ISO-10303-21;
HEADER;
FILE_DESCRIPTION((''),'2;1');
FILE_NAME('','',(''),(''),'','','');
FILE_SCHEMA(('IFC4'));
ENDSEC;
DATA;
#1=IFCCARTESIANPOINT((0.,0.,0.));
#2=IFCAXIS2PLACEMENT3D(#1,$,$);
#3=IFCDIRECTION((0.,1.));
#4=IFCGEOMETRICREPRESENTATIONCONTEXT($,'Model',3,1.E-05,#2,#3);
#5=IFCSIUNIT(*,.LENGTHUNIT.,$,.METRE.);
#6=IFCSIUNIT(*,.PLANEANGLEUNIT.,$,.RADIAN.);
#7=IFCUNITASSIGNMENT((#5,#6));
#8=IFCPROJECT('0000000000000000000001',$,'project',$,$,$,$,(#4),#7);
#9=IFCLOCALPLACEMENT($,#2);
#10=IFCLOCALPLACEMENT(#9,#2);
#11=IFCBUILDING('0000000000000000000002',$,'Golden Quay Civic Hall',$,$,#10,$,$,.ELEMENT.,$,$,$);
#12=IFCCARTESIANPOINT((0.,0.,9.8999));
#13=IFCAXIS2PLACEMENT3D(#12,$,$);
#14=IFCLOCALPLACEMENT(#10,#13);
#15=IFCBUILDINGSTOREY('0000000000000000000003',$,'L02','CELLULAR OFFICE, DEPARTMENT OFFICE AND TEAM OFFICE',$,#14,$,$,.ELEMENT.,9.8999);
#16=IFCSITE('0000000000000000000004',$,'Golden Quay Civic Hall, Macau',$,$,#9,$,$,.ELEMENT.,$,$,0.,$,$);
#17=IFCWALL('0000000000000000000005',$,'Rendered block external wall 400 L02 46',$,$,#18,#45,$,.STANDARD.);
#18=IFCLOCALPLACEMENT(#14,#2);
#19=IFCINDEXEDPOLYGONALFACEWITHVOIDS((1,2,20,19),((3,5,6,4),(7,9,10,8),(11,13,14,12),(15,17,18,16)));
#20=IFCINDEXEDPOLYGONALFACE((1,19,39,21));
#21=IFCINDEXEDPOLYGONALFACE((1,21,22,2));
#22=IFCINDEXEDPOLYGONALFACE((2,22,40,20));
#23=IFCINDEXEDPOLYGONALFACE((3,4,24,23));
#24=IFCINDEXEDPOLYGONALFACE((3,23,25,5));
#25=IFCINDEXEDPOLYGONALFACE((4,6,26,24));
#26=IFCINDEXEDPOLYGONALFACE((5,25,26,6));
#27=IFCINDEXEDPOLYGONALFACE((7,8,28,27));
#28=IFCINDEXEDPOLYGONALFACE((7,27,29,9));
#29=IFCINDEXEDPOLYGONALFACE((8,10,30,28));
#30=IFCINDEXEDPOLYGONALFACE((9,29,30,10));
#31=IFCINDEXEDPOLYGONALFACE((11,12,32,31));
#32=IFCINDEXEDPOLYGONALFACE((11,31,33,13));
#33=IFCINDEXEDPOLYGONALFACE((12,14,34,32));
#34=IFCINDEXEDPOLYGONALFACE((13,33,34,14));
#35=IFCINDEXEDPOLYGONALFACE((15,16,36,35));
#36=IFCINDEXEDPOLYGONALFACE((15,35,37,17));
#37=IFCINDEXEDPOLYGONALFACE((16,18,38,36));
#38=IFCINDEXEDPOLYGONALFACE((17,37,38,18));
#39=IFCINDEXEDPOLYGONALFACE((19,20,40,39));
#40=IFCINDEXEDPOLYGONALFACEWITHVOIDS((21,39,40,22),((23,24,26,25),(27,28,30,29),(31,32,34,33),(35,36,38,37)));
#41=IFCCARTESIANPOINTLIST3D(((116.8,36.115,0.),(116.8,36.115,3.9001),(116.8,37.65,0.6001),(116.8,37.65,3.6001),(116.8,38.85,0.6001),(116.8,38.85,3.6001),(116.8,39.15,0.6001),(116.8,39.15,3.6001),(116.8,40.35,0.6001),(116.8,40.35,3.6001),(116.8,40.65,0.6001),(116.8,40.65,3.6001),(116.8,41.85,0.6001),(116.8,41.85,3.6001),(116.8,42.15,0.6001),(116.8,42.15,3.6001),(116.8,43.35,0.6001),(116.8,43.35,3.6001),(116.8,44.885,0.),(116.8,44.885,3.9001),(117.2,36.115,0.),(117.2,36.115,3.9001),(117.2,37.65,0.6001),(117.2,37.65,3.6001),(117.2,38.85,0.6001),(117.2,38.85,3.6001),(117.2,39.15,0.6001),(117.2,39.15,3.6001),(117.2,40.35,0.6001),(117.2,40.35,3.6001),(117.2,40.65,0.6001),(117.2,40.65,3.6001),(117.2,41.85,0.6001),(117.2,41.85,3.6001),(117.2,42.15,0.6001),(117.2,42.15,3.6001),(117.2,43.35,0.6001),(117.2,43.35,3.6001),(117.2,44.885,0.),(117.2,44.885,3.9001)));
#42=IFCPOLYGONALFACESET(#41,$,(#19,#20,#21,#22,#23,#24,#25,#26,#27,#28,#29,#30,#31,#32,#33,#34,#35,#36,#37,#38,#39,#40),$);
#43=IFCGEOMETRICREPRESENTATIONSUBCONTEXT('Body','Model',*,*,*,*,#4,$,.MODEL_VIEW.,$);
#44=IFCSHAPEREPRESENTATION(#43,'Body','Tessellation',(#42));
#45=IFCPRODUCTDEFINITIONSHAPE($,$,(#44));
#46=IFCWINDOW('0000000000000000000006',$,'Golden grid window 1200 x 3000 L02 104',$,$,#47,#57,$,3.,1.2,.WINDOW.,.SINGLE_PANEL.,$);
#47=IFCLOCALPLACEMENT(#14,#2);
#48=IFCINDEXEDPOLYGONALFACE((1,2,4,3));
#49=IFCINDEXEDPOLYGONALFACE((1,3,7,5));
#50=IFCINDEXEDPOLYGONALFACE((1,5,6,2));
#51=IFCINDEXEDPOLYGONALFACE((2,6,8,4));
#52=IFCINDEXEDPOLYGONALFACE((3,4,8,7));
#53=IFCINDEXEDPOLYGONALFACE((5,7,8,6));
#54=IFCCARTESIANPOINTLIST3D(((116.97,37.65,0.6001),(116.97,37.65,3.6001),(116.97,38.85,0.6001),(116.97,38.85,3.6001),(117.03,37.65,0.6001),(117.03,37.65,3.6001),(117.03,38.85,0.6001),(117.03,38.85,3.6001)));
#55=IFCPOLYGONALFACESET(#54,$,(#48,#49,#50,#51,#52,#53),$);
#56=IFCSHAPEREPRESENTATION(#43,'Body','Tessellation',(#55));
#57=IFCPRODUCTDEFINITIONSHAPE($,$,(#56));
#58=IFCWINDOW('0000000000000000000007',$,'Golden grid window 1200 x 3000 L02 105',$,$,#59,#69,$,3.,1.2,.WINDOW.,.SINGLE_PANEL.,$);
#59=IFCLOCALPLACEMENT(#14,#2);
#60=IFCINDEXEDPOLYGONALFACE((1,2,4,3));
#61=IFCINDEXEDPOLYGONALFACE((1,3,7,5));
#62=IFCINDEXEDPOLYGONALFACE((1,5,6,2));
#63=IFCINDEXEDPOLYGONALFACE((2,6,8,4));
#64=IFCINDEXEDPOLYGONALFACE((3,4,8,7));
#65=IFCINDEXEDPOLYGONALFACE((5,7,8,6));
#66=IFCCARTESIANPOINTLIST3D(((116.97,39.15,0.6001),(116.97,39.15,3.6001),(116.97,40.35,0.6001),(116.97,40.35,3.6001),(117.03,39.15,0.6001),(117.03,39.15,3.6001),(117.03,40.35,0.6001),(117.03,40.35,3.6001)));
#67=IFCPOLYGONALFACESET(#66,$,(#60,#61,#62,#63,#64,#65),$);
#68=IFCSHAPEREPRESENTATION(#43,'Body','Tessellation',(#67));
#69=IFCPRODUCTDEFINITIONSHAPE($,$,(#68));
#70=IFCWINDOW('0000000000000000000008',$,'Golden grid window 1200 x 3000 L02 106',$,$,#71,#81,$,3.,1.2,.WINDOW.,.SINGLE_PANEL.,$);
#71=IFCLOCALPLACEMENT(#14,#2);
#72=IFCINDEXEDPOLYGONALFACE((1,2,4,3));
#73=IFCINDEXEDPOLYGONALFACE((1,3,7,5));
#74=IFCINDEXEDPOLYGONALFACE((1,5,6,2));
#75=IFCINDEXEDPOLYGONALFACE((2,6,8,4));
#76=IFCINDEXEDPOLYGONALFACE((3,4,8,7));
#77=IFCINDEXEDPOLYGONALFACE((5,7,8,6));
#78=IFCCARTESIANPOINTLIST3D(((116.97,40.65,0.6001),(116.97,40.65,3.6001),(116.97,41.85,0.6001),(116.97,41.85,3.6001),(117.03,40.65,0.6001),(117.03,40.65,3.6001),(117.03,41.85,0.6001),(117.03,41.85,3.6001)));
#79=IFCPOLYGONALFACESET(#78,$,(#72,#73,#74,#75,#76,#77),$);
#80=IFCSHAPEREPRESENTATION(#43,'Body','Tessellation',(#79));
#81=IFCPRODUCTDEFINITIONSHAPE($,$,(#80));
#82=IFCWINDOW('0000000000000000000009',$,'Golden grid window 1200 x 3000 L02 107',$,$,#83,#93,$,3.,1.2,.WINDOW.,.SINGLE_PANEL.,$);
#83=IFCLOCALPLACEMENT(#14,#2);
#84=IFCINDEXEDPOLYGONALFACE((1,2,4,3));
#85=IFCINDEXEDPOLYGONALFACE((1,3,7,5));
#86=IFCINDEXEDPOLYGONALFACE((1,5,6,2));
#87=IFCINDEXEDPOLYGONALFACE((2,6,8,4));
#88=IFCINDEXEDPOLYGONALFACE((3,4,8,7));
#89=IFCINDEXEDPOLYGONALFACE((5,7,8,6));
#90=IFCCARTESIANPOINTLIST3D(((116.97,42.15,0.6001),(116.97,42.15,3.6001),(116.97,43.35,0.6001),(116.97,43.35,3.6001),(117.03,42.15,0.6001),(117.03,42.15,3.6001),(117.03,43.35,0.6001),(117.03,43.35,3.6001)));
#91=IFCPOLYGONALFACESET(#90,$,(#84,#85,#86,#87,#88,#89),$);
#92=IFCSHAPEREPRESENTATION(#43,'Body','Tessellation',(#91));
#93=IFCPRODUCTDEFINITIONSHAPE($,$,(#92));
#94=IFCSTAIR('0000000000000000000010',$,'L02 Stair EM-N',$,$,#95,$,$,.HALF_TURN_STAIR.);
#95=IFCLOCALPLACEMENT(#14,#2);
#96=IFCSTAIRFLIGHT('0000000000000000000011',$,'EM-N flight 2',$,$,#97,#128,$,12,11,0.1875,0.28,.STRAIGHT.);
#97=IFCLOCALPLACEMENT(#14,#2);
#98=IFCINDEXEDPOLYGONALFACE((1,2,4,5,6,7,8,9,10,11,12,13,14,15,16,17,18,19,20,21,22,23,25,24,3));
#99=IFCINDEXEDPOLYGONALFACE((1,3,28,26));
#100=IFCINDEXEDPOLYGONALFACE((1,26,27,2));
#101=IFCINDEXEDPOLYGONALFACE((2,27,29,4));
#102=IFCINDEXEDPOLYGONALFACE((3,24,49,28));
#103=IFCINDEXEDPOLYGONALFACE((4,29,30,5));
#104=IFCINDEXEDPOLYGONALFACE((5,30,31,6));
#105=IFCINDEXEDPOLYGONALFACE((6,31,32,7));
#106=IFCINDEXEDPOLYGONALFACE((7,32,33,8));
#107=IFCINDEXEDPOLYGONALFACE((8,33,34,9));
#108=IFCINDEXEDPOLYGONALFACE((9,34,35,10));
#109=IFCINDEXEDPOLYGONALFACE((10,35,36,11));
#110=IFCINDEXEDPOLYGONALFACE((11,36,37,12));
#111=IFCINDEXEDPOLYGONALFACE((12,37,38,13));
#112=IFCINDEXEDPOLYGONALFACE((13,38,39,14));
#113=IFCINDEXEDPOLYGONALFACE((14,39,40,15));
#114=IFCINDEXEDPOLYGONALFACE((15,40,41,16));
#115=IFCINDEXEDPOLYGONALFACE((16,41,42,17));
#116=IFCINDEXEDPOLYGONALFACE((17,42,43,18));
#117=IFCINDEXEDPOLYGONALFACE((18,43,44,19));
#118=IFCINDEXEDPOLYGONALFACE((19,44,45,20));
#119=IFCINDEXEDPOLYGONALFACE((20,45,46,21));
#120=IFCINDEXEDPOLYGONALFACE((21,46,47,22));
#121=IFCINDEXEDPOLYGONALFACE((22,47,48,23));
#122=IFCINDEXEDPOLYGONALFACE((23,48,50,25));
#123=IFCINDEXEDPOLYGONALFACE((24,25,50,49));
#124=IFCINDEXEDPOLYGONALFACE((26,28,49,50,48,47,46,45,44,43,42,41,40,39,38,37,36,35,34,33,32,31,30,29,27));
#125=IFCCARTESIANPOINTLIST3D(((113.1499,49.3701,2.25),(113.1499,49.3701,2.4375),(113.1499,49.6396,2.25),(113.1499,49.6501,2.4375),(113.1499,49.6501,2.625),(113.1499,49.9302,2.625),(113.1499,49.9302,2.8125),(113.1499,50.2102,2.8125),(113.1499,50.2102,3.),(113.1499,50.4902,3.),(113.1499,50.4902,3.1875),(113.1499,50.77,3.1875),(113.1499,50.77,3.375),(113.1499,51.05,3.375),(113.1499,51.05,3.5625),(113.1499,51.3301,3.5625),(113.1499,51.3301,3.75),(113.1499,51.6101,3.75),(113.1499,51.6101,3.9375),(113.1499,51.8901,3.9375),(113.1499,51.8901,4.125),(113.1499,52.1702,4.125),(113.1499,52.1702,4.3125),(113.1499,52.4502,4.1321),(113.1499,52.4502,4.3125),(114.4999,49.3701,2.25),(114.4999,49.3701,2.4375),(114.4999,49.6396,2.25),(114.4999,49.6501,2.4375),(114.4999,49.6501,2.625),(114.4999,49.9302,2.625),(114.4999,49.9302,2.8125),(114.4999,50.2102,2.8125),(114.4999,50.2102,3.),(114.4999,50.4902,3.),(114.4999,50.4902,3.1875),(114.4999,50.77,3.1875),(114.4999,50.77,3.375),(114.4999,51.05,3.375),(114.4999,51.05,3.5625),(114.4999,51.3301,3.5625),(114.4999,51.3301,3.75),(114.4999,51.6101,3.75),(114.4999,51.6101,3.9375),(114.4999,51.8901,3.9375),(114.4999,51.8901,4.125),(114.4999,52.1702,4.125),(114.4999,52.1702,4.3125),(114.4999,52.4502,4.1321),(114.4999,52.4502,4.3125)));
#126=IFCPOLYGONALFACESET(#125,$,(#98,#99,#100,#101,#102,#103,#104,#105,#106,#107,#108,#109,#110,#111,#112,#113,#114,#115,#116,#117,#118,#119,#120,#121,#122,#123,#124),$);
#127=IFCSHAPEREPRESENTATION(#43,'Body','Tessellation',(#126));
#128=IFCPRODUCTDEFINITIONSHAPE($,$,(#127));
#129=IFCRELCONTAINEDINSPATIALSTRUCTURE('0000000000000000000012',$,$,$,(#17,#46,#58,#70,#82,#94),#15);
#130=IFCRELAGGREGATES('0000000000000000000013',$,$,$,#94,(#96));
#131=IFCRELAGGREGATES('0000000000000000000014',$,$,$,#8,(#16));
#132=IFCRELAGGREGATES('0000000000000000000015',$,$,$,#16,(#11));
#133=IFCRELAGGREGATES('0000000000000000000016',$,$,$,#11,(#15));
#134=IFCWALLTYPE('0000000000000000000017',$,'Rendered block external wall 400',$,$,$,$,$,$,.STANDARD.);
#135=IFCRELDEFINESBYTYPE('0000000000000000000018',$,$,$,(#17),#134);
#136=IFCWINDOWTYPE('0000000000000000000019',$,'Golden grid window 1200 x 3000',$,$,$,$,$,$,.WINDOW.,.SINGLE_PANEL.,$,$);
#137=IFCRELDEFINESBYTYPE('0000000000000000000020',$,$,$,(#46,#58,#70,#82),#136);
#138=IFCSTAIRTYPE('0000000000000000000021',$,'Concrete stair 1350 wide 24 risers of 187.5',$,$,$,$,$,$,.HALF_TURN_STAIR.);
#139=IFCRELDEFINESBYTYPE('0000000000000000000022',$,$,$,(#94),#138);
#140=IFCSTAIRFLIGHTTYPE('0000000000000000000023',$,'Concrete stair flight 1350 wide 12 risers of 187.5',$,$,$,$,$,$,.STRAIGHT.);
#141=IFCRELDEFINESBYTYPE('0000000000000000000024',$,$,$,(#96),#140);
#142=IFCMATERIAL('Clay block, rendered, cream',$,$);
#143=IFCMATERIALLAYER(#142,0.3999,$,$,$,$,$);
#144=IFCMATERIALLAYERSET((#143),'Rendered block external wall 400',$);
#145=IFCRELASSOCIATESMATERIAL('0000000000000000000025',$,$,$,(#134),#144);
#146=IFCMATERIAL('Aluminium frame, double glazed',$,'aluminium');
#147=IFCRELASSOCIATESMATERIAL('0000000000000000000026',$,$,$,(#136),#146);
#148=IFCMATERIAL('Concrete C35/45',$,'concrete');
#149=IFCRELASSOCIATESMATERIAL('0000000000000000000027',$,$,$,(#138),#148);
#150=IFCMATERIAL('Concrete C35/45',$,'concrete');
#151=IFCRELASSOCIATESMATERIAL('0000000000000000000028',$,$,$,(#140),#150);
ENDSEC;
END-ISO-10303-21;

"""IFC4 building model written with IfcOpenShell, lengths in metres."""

from ifc_helpers import new_model, si_unit, direction, frame, frame_2d, origin, place, context, subcontext, project, spatial, polyline, rectangle, outline, extrude, material, layer, layer_set, type_object, element, fill, aggregate, save


model = new_model("IFC4")

# Units and contexts
model_context = context("Model", 3, precision=1e-05, world=origin(), true_north=direction((0.0, 1.0)))
body_context = subcontext(model_context, "Body", "Model", "MODEL_VIEW")
ifc_project = project(units=[si_unit("LENGTHUNIT", "METRE"), si_unit("PLANEANGLEUNIT", "RADIAN")], contexts=[model_context])

# Site, building, storey
site_placement = place(None, origin())
site = spatial("IfcSite", under=ifc_project, at=site_placement, Name="Golden Quay Civic Hall, Macau", CompositionType="ELEMENT", RefElevation=0.0)
building_placement = place(site_placement, origin())
building = spatial("IfcBuilding", under=site, at=building_placement, Name="Golden Quay Civic Hall", CompositionType="ELEMENT")
storey_placement = place(building_placement, frame((0.0, 0.0, 9.8999)))
storey = spatial("IfcBuildingStorey", under=building, at=storey_placement, Name="L02", Description="CELLULAR OFFICE, DEPARTMENT OFFICE AND TEAM OFFICE", CompositionType="ELEMENT", Elevation=9.8999)

# Wall, openings, windows
ifc_material_1 = material(Name="Clay block, rendered, cream")
ifc_layer_1 = layer(ifc_material_1, 0.3999)
ifc_layer_set_1 = layer_set([ifc_layer_1], Name="Rendered block external wall 400")
wall_type_1 = type_object("IfcWallType", Name="Rendered block external wall 400", PredefinedType="STANDARD", material=ifc_layer_set_1)
wall_1_placement = place(storey_placement, frame((117.0, 44.885, 0.0), z_axis=(0.0, 0.0, 1.0), x_axis=(0.0, -1.0, 0.0)))
wall_1 = element("IfcWall", 1, at=wall_1_placement, inside=storey, type_object=wall_type_1, Name="Rendered block external wall 400 L02 46", PredefinedType="STANDARD", context=body_context, shape_type="SweptSolid", body=[
    extrude(rectangle(XDim=8.77, YDim=0.3999, at=frame_2d((4.385, 0.0))), origin(), (0.0, 0.0, 1.0), 3.9001),
])
opening_1_placement = place(wall_1_placement, frame((6.0349, 0.0, 0.6001)))
opening_1 = element("IfcOpeningElement", 2, at=opening_1_placement, cuts=wall_1, PredefinedType="OPENING", context=body_context, shape_type="SweptSolid", body=[
    extrude(rectangle(XDim=1.2, YDim=3.0, at=frame_2d((0.6001, 1.5))), frame((0.0, 0.21, 0.0), z_axis=(0.0, -1.0, 0.0), x_axis=(1.0, 0.0, 0.0)), (0.0, 0.0, 1.0), 0.4199),
])
opening_2_placement = place(wall_1_placement, frame((4.5349, 0.0, 0.6001)))
opening_2 = element("IfcOpeningElement", 3, at=opening_2_placement, cuts=wall_1, PredefinedType="OPENING", context=body_context, shape_type="SweptSolid", body=[
    extrude(rectangle(XDim=1.2, YDim=3.0, at=frame_2d((0.6001, 1.5))), frame((0.0, 0.21, 0.0), z_axis=(0.0, -1.0, 0.0), x_axis=(1.0, 0.0, 0.0)), (0.0, 0.0, 1.0), 0.4199),
])
opening_3_placement = place(wall_1_placement, frame((3.0349, 0.0, 0.6001)))
opening_3 = element("IfcOpeningElement", 4, at=opening_3_placement, cuts=wall_1, PredefinedType="OPENING", context=body_context, shape_type="SweptSolid", body=[
    extrude(rectangle(XDim=1.2, YDim=3.0, at=frame_2d((0.6001, 1.5))), frame((0.0, 0.21, 0.0), z_axis=(0.0, -1.0, 0.0), x_axis=(1.0, 0.0, 0.0)), (0.0, 0.0, 1.0), 0.4199),
])
opening_4_placement = place(wall_1_placement, frame((1.5349, 0.0, 0.6001)))
opening_4 = element("IfcOpeningElement", 5, at=opening_4_placement, cuts=wall_1, PredefinedType="OPENING", context=body_context, shape_type="SweptSolid", body=[
    extrude(rectangle(XDim=1.2, YDim=3.0, at=frame_2d((0.6001, 1.5))), frame((0.0, 0.21, 0.0), z_axis=(0.0, -1.0, 0.0), x_axis=(1.0, 0.0, 0.0)), (0.0, 0.0, 1.0), 0.4199),
])
ifc_material_2 = material(Name="Aluminium frame, double glazed", Category="aluminium")
window_type = type_object("IfcWindowType", Name="Golden grid window 1200 x 3000", PartitioningType="SINGLE_PANEL", PredefinedType="WINDOW", material=ifc_material_2)
window_1_placement = place(opening_1_placement, origin())
window_1 = element("IfcWindow", 6, at=window_1_placement, inside=storey, type_object=window_type, Name="Golden grid window 1200 x 3000 L02 104", OverallHeight=3.0, OverallWidth=1.2, PartitioningType="SINGLE_PANEL", PredefinedType="WINDOW", context=body_context, shape_type="SweptSolid", body=[
    extrude(rectangle(XDim=1.2, YDim=3.0, at=frame_2d((0.6001, 1.5))), frame((0.0, 0.03, 0.0), z_axis=(0.0, -1.0, 0.0), x_axis=(1.0, 0.0, 0.0)), (0.0, 0.0, 1.0), 0.0601),
])
fill(opening_1, window_1)
window_2_placement = place(opening_2_placement, origin())
window_2 = element("IfcWindow", 7, at=window_2_placement, inside=storey, type_object=window_type, Name="Golden grid window 1200 x 3000 L02 105", OverallHeight=3.0, OverallWidth=1.2, PartitioningType="SINGLE_PANEL", PredefinedType="WINDOW", context=body_context, shape_type="SweptSolid", body=[
    extrude(rectangle(XDim=1.2, YDim=3.0, at=frame_2d((0.6001, 1.5))), frame((0.0, 0.03, 0.0), z_axis=(0.0, -1.0, 0.0), x_axis=(1.0, 0.0, 0.0)), (0.0, 0.0, 1.0), 0.0601),
])
fill(opening_2, window_2)
window_3_placement = place(opening_3_placement, origin())
window_3 = element("IfcWindow", 8, at=window_3_placement, inside=storey, type_object=window_type, Name="Golden grid window 1200 x 3000 L02 106", OverallHeight=3.0, OverallWidth=1.2, PartitioningType="SINGLE_PANEL", PredefinedType="WINDOW", context=body_context, shape_type="SweptSolid", body=[
    extrude(rectangle(XDim=1.2, YDim=3.0, at=frame_2d((0.6001, 1.5))), frame((0.0, 0.03, 0.0), z_axis=(0.0, -1.0, 0.0), x_axis=(1.0, 0.0, 0.0)), (0.0, 0.0, 1.0), 0.0601),
])
fill(opening_3, window_3)
window_4_placement = place(opening_4_placement, origin())
window_4 = element("IfcWindow", 9, at=window_4_placement, inside=storey, type_object=window_type, Name="Golden grid window 1200 x 3000 L02 107", OverallHeight=3.0, OverallWidth=1.2, PartitioningType="SINGLE_PANEL", PredefinedType="WINDOW", context=body_context, shape_type="SweptSolid", body=[
    extrude(rectangle(XDim=1.2, YDim=3.0, at=frame_2d((0.6001, 1.5))), frame((0.0, 0.03, 0.0), z_axis=(0.0, -1.0, 0.0), x_axis=(1.0, 0.0, 0.0)), (0.0, 0.0, 1.0), 0.0601),
])
fill(opening_4, window_4)

# Stair, stair flight
ifc_material_3 = material(Name="Concrete C35/45", Category="concrete")
stair_type = type_object("IfcStairType", Name="Concrete stair 1350 wide 24 risers of 187.5", PredefinedType="HALF_TURN_STAIR", material=ifc_material_3)
stair_placement = place(storey_placement, origin())
stair = element("IfcStair", 10, at=stair_placement, inside=storey, type_object=stair_type, Name="L02 Stair EM-N", PredefinedType="HALF_TURN_STAIR")
ifc_material_4 = material(Name="Concrete C35/45", Category="concrete")
stair_flight_type = type_object("IfcStairFlightType", Name="Concrete stair flight 1350 wide 12 risers of 187.5", PredefinedType="STRAIGHT", material=ifc_material_4)
stair_flight_placement = place(storey_placement, frame((113.825, 49.3701, 2.25), z_axis=(0.0, 0.0, 1.0), x_axis=(0.0, 1.0, 0.0)))
stair_flight = element("IfcStairFlight", 11, at=stair_flight_placement, type_object=stair_flight_type, Name="EM-N flight 2", NumberOfRisers=12, NumberOfTreads=11, PredefinedType="STRAIGHT", RiserHeight=0.1875, TreadLength=0.28, context=body_context, shape_type="SweptSolid", body=[
    extrude(outline(polyline([(0.0, 0.0), (0.0, 0.1875), (0.28, 0.1875), (0.28, 0.375), (0.5601, 0.375), (0.5601, 0.5625), (0.8401, 0.5625), (0.8401, 0.75), (1.1201, 0.75), (1.1201, 0.9375), (1.3999, 0.9375), (1.3999, 1.125), (1.6799, 1.125), (1.6799, 1.3125), (1.96, 1.3125), (1.96, 1.5), (2.24, 1.5), (2.24, 1.6875), (2.52, 1.6875), (2.52, 1.875), (2.8, 1.875), (2.8, 2.0625), (3.0801, 2.0625), (3.0801, 2.25), (3.0801, 1.8821), (0.2695, 0.0), (0.0, 0.0)])), frame((0.0, 0.675, 0.0), z_axis=(0.0, -1.0, 0.0), x_axis=(1.0, 0.0, 0.0)), (0.0, 0.0, 1.0), 1.35),
])
aggregate(stair, [stair_flight])

save(model, "model.ifc")
